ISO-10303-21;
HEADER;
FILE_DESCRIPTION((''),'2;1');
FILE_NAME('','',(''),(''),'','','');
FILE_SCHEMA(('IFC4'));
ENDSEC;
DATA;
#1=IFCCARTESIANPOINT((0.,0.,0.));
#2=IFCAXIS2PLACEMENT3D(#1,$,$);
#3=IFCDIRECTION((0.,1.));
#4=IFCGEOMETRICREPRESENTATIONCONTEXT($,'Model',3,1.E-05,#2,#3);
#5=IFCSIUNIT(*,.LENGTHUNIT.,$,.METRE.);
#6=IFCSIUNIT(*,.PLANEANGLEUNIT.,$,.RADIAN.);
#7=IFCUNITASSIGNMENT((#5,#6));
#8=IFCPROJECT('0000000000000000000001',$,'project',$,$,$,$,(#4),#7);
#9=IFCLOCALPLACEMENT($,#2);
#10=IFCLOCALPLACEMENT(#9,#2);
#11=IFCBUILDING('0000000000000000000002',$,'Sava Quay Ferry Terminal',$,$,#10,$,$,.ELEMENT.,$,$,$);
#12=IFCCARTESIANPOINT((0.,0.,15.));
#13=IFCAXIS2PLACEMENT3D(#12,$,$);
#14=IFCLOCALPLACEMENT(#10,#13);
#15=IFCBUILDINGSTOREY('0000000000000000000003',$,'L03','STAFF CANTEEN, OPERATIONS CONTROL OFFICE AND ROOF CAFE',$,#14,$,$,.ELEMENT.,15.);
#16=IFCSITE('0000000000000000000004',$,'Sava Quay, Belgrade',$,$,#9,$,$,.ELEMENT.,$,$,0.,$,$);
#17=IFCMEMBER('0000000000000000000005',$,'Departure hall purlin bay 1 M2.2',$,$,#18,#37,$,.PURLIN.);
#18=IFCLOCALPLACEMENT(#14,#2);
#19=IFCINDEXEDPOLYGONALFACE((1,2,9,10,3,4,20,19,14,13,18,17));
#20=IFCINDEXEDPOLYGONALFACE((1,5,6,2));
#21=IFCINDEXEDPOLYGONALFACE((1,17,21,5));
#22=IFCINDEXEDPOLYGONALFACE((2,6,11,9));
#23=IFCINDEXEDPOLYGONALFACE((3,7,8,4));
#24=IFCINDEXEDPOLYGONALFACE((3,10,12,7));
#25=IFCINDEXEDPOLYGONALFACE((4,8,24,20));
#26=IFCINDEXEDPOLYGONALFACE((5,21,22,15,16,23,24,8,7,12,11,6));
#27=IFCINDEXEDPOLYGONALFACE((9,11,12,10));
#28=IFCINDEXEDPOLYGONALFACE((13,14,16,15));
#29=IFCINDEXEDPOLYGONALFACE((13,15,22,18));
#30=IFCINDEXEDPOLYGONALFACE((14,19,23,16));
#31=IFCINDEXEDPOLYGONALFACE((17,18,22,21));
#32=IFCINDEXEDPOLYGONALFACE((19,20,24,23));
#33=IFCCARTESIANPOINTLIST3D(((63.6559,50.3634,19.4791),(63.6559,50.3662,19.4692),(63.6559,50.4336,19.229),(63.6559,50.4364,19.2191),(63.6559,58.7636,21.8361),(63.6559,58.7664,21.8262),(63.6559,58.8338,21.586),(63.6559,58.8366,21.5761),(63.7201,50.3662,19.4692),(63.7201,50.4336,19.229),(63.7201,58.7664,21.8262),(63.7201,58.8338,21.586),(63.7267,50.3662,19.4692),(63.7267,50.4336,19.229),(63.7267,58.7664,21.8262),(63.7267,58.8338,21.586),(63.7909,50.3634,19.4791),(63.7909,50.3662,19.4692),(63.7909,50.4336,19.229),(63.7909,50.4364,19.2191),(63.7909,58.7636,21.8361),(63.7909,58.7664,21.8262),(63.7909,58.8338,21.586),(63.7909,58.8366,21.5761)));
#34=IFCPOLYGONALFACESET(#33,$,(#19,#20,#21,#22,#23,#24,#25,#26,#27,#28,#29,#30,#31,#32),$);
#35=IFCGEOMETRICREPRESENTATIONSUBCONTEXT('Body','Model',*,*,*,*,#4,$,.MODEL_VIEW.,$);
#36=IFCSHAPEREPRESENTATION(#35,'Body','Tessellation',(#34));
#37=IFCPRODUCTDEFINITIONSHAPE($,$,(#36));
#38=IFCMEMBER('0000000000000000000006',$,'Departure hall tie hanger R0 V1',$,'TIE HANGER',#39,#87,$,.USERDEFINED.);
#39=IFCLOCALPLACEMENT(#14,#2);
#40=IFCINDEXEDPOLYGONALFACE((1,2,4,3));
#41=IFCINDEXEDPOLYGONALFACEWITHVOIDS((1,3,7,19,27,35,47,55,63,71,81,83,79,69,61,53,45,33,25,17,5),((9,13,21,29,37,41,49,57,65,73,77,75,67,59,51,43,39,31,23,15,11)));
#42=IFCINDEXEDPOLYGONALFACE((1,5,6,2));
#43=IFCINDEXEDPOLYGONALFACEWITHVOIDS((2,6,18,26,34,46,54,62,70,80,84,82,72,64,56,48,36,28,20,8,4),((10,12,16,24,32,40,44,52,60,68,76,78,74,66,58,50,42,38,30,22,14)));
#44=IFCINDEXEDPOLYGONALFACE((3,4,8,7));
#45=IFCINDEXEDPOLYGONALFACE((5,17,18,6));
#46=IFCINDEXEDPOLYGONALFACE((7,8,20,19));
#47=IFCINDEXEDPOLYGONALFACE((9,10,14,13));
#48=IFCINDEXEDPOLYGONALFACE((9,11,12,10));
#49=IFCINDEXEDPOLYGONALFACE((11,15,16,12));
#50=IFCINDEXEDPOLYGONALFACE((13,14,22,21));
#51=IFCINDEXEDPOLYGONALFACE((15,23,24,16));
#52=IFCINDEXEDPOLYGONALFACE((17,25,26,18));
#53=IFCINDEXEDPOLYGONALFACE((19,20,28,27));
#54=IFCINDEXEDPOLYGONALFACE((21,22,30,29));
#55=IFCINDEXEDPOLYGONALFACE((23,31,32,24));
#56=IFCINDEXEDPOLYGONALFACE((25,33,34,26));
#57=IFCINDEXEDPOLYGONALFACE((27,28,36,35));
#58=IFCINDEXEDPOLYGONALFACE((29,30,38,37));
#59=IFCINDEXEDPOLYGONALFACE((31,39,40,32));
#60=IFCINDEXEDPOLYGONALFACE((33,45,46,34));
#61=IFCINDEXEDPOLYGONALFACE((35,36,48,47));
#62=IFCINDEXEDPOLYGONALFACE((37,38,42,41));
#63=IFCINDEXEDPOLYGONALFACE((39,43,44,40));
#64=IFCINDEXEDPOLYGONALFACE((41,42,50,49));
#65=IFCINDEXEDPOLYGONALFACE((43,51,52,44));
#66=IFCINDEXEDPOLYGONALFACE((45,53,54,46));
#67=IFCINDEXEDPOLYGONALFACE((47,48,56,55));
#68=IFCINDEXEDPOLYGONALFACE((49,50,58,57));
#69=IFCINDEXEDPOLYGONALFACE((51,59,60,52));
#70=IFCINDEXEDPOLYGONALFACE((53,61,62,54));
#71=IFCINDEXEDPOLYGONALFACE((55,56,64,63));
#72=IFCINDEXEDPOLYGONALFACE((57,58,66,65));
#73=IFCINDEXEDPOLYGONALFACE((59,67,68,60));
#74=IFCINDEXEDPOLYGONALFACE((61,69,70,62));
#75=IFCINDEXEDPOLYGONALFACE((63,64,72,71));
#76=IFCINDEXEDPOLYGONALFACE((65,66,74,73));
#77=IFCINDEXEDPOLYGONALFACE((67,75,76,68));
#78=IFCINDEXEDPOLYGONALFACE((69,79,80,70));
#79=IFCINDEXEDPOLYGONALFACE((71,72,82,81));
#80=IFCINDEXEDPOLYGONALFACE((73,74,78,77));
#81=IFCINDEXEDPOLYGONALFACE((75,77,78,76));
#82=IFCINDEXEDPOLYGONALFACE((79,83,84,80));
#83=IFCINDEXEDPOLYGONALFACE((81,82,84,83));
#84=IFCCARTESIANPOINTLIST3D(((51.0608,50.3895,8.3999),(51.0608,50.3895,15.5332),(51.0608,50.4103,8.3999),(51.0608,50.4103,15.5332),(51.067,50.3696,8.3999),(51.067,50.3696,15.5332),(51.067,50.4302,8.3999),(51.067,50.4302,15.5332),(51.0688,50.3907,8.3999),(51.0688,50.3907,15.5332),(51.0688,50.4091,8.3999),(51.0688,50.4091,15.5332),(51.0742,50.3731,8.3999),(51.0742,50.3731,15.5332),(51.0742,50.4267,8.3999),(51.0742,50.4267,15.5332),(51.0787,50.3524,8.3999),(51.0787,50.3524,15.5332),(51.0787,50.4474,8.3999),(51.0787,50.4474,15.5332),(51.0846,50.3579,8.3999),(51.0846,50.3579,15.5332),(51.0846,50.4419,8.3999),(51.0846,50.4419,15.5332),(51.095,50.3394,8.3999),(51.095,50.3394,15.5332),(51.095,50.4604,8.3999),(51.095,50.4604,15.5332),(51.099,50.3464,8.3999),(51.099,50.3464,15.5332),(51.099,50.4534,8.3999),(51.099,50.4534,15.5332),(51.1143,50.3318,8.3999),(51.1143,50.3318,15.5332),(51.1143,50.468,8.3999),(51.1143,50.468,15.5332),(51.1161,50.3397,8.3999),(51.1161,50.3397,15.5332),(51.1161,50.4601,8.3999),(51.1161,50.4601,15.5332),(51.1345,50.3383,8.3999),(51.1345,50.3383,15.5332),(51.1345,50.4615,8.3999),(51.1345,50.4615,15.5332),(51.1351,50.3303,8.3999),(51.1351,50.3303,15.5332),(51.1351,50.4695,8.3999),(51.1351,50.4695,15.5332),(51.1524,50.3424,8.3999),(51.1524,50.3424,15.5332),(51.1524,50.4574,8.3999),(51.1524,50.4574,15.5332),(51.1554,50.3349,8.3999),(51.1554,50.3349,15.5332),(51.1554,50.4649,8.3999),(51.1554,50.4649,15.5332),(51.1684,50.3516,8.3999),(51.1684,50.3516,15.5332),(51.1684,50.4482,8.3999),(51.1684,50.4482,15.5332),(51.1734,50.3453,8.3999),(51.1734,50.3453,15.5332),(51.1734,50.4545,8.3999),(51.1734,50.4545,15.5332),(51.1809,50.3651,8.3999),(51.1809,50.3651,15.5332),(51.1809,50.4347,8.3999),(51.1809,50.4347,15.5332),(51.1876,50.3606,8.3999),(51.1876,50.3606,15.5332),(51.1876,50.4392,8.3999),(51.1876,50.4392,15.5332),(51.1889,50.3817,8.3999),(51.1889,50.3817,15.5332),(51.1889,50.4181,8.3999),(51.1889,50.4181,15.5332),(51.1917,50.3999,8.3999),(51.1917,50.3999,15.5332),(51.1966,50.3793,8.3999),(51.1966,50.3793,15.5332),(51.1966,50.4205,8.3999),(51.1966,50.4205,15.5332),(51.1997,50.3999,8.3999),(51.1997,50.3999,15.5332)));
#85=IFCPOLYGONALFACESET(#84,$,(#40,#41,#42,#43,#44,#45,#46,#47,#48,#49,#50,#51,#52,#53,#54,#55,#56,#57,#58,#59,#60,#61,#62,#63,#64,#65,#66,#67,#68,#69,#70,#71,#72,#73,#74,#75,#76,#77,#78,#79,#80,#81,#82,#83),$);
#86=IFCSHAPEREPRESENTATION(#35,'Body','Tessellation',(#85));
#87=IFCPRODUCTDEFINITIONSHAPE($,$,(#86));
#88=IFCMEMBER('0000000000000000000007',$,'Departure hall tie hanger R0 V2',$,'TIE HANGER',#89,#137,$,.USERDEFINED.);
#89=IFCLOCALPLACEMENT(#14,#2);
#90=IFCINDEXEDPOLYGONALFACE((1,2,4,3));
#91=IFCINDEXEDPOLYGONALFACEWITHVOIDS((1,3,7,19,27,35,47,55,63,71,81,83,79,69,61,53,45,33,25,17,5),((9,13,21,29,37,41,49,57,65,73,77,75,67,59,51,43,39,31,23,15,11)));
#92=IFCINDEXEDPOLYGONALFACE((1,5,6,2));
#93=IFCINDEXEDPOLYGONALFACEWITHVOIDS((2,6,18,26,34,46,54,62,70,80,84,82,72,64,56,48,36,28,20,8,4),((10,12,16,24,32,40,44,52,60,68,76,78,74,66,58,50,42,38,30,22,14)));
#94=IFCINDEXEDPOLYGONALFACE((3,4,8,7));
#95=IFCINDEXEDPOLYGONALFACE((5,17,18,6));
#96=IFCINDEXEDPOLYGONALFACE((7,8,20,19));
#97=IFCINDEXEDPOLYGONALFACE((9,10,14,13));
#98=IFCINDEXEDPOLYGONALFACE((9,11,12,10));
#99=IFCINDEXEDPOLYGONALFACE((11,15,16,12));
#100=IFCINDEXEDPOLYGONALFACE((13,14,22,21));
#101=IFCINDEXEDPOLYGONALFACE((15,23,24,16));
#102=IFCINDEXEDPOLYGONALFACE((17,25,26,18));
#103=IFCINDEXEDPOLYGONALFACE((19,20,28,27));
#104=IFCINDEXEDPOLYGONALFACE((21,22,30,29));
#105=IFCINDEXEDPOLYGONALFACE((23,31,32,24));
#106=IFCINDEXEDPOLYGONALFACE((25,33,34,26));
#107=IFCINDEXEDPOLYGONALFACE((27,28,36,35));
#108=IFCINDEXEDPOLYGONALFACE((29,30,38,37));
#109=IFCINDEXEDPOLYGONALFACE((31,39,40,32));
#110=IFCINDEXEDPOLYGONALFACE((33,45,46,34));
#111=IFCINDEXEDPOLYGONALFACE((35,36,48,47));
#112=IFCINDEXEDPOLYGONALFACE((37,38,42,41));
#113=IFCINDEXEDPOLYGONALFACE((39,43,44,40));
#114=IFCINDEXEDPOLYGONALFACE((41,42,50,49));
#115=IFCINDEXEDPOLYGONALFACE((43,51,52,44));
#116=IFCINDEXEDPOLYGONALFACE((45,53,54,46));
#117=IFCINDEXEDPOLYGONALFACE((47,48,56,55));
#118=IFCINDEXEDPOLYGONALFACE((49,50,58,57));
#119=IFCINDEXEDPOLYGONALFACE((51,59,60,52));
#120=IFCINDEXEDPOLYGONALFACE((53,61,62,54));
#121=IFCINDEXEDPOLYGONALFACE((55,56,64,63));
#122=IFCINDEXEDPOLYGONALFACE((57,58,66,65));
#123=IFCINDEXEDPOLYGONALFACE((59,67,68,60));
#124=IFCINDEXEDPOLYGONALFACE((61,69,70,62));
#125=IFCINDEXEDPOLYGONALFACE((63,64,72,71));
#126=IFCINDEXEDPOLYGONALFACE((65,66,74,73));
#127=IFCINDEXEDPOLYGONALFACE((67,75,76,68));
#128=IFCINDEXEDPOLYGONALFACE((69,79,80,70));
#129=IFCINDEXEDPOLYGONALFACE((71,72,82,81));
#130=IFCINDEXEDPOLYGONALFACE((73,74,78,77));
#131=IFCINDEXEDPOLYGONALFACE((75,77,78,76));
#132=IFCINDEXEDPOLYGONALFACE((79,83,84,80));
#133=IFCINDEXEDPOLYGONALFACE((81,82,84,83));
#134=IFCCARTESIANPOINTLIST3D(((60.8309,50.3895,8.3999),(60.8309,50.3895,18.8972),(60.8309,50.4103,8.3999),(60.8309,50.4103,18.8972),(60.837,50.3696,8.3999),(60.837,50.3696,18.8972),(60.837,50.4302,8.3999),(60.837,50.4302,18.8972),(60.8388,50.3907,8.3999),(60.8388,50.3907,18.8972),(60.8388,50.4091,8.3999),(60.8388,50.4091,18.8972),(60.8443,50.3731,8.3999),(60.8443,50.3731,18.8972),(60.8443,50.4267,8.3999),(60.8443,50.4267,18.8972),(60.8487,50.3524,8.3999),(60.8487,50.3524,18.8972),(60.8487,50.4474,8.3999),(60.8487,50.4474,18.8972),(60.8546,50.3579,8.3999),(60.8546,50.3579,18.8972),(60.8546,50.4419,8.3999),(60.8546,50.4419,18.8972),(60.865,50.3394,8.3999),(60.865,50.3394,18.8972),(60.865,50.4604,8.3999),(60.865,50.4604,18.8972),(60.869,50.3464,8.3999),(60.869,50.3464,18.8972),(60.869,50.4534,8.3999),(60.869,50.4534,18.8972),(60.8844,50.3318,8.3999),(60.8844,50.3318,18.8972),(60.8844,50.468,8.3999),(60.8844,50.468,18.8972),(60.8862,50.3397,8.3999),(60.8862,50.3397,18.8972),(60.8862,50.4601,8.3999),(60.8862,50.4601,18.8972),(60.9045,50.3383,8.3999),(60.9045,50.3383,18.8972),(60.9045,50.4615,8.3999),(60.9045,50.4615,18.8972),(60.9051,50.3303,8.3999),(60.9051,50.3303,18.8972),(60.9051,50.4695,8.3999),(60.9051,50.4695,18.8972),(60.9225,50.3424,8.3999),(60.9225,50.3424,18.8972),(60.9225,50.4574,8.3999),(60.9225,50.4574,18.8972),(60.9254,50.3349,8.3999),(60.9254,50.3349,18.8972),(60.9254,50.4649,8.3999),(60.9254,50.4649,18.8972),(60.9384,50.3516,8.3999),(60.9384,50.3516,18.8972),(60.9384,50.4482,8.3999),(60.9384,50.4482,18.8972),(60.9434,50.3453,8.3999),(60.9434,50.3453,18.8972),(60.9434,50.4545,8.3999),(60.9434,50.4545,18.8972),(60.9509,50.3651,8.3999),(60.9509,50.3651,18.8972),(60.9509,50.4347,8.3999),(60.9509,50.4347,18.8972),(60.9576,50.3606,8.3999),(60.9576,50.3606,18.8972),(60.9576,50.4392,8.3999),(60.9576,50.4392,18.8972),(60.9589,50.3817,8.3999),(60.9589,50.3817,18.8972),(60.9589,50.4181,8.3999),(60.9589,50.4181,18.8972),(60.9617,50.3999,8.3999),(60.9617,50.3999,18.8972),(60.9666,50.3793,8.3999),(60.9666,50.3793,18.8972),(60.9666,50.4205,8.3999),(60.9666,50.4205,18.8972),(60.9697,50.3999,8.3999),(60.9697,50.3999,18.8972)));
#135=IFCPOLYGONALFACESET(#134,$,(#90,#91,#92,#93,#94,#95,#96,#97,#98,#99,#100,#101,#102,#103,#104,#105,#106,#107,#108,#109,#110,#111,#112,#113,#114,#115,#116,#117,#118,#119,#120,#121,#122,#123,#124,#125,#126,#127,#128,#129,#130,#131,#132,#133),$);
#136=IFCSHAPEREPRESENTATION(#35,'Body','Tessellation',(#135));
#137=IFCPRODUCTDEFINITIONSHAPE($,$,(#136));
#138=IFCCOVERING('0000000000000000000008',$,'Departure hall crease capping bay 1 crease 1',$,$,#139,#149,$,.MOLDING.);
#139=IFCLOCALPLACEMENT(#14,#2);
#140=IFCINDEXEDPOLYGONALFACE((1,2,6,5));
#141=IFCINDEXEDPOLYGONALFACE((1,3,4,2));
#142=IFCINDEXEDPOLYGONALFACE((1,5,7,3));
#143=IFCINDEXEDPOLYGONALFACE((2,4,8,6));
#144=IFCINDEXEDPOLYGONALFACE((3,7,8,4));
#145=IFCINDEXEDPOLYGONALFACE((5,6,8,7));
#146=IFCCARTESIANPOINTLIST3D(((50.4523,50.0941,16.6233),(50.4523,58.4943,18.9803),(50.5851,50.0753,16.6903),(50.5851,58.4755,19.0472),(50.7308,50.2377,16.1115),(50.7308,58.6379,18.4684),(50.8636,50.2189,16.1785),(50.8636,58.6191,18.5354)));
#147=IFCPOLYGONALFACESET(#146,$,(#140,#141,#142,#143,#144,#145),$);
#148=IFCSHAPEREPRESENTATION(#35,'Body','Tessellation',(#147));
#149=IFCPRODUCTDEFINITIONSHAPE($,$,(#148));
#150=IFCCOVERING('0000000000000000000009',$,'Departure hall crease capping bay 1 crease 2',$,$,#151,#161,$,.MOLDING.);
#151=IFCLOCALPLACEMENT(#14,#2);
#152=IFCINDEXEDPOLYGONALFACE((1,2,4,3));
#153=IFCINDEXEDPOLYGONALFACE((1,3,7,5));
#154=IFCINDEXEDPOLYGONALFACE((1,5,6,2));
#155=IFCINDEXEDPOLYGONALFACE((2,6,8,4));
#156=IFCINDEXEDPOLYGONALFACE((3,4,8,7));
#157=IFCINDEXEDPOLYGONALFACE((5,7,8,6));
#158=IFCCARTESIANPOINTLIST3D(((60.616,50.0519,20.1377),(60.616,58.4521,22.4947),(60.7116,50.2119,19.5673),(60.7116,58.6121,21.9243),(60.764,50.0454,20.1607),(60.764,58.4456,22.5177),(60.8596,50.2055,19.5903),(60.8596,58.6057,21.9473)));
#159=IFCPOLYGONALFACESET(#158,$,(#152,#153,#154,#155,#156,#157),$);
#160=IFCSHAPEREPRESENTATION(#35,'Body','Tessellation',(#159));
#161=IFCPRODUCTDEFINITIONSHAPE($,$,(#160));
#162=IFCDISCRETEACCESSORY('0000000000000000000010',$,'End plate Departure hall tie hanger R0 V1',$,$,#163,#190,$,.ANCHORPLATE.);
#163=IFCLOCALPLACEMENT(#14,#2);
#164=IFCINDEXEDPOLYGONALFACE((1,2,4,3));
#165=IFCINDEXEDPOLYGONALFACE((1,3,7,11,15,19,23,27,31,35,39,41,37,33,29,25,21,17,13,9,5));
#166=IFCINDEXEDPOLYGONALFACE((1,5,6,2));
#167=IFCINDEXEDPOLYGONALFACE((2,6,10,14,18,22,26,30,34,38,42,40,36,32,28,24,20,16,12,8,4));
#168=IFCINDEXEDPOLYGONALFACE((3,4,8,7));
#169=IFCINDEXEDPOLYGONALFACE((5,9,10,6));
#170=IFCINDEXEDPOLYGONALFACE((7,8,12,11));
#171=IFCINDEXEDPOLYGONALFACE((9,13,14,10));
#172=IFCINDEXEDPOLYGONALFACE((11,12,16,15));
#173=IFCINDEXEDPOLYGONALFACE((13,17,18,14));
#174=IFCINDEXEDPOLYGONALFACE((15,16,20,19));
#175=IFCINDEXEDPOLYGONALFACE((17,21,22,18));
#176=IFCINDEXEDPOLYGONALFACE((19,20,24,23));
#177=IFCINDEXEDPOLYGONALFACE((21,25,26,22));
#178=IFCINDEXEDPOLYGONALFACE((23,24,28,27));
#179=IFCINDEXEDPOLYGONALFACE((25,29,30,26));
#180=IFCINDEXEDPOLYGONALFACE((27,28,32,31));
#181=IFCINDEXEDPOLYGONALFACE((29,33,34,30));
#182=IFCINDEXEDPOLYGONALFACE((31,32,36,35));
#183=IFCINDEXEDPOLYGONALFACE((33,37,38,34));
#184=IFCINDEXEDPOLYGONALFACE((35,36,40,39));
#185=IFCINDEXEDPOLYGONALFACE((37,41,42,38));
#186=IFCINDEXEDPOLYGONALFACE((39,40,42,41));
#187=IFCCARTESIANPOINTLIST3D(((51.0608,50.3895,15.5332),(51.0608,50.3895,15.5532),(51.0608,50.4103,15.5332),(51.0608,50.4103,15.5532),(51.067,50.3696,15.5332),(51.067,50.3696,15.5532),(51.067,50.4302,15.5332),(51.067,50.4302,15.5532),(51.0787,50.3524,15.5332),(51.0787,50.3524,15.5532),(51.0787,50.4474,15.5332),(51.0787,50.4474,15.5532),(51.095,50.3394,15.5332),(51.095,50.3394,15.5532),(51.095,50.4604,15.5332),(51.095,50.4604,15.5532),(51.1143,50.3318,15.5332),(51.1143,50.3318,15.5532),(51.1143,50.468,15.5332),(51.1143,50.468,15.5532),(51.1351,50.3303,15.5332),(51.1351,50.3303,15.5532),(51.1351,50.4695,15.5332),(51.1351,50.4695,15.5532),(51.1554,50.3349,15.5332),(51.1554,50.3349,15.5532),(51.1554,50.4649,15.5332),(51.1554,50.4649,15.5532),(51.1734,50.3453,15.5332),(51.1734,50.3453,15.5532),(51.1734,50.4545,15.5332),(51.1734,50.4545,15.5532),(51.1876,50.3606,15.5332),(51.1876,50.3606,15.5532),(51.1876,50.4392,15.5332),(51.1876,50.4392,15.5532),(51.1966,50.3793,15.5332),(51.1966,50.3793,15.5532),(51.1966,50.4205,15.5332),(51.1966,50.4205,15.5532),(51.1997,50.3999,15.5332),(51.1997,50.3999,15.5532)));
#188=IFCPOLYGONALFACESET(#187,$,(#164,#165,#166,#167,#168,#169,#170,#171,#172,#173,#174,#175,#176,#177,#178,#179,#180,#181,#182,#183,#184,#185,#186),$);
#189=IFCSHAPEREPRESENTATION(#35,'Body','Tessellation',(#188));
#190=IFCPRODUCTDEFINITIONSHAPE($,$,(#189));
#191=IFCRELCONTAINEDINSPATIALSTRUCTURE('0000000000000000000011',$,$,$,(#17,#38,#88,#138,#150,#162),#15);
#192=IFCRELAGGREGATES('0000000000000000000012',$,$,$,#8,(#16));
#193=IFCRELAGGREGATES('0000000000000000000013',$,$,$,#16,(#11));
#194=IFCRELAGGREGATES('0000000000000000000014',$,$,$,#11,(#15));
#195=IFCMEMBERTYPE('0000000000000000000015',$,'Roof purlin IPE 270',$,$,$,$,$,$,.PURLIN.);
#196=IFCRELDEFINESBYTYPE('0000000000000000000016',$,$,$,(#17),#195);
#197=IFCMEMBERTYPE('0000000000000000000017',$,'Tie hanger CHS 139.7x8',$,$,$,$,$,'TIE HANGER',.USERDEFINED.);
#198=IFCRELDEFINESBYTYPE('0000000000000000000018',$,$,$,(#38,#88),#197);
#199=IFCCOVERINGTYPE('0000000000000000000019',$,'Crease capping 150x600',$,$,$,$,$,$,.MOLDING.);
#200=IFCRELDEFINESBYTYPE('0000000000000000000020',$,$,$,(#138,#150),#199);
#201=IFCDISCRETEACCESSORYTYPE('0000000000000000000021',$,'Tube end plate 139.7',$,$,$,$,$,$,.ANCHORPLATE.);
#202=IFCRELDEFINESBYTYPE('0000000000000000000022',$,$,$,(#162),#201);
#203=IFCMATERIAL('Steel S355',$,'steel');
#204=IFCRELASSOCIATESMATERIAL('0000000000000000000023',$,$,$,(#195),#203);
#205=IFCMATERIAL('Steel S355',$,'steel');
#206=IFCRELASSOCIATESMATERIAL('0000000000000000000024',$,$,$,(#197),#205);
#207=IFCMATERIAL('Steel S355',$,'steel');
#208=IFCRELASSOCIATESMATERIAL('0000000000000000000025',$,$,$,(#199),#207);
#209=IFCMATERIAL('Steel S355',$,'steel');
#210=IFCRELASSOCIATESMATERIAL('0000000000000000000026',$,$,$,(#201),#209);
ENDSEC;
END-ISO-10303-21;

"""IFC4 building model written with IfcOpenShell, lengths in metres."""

from ifc_helpers import new_model, si_unit, direction, frame, origin, origin_2d, place, context, subcontext, project, spatial, rectangle, circle, hollow_circle, i_section, extrude, material, material_profile, profile_set, type_object, element, save


model = new_model("IFC4")

# Units and contexts
model_context = context("Model", 3, precision=1e-05, world=origin(), true_north=direction((0.0, 1.0)))
body_context = subcontext(model_context, "Body", "Model", "MODEL_VIEW")
ifc_project = project(units=[si_unit("LENGTHUNIT", "METRE"), si_unit("PLANEANGLEUNIT", "RADIAN")], contexts=[model_context])

# Site, building, storey
site_placement = place(None, origin())
site = spatial("IfcSite", under=ifc_project, at=site_placement, Name="Sava Quay, Belgrade", CompositionType="ELEMENT", RefElevation=0.0)
building_placement = place(site_placement, origin())
building = spatial("IfcBuilding", under=site, at=building_placement, Name="Sava Quay Ferry Terminal", CompositionType="ELEMENT")
storey_placement = place(building_placement, frame((0.0, 0.0, 15.0)))
storey = spatial("IfcBuildingStorey", under=building, at=storey_placement, Name="L03", Description="STAFF CANTEEN, OPERATIONS CONTROL OFFICE AND ROOF CAFE", CompositionType="ELEMENT", Elevation=15.0)

# Members
ifc_material_1 = material(Name="Steel S355", Category="steel")
ifc_material_profile_1 = material_profile(ifc_material_1, i_section(OverallWidth=0.135, OverallDepth=0.27, WebThickness=0.0066, FlangeThickness=0.0103, at=origin_2d()), Name="IPE 270")
ifc_profile_set_1 = profile_set([ifc_material_profile_1], Name="Steel S355")
member_type_1 = type_object("IfcMemberType", Name="Roof purlin IPE 270", PredefinedType="PURLIN", material=ifc_profile_set_1)
for number, where, z_axis, x_axis, name in (
    (1, (63.7234, 50.3999, 19.3491), (0.0, 0.962818, 0.27015), (-1.0, 0.0, 0.0), "Departure hall purlin bay 1 M2.2"),
):
    element("IfcMember", number, at=place(storey_placement, frame(where, z_axis=z_axis, x_axis=x_axis)), inside=storey, type_object=member_type_1, Name=name, PredefinedType="PURLIN", context=body_context, shape_type="SweptSolid", body=[
        extrude(i_section(OverallWidth=0.135, OverallDepth=0.27, WebThickness=0.0066, FlangeThickness=0.0103, at=origin_2d()), origin(), (0.0, 0.0, 1.0), 8.7246),
    ])
ifc_material_2 = material(Name="Steel S355", Category="steel")
ifc_material_profile_2 = material_profile(ifc_material_2, hollow_circle(Radius=0.0698, WallThickness=0.0081, at=origin_2d()), Name="CHS 139.7 x 8.0")
ifc_profile_set_2 = profile_set([ifc_material_profile_2], Name="Steel S355")
member_type_2 = type_object("IfcMemberType", Name="Tie hanger CHS 139.7x8", ElementType="TIE HANGER", PredefinedType="USERDEFINED", material=ifc_profile_set_2)
member_1_placement = place(storey_placement, frame((51.1299, 50.3999, 8.3999), z_axis=(0.0, 0.0, 1.0), x_axis=(1.0, 0.0, 0.0)))
element("IfcMember", 2, at=member_1_placement, inside=storey, type_object=member_type_2, Name="Departure hall tie hanger R0 V1", ObjectType="TIE HANGER", PredefinedType="USERDEFINED", context=body_context, shape_type="SweptSolid", body=[
    extrude(hollow_circle(Radius=0.0698, WallThickness=0.0081, at=origin_2d()), origin(), (0.0, 0.0, 1.0), 7.1333),
])
member_2_placement = place(storey_placement, frame((60.8999, 50.3999, 8.3999), z_axis=(0.0, 0.0, 1.0), x_axis=(1.0, 0.0, 0.0)))
element("IfcMember", 3, at=member_2_placement, inside=storey, type_object=member_type_2, Name="Departure hall tie hanger R0 V2", ObjectType="TIE HANGER", PredefinedType="USERDEFINED", context=body_context, shape_type="SweptSolid", body=[
    extrude(hollow_circle(Radius=0.0698, WallThickness=0.0081, at=origin_2d()), origin(), (0.0, 0.0, 1.0), 10.4973),
])

# Coverings
ifc_material_3 = material(Name="Steel S355", Category="steel")
ifc_material_profile_3 = material_profile(ifc_material_3, rectangle(XDim=0.1499, YDim=0.6001, at=origin_2d()), Name="Cap 150 x 600")
ifc_profile_set_3 = profile_set([ifc_material_profile_3], Name="Steel S355")
covering_type = type_object("IfcCoveringType", Name="Crease capping 150x600", PredefinedType="MOLDING", material=ifc_profile_set_3)
for number, where, z_axis, x_axis, name in (
    (4, (50.658, 50.1565, 16.4009), (0.0, 0.962818, 0.27015), (-0.885826, 0.125354, -0.446764), "Departure hall crease capping bay 1 crease 1"),
    (5, (60.7378, 50.1287, 19.864), (0.0, 0.962818, 0.27015), (-0.987218, 0.043056, -0.153452), "Departure hall crease capping bay 1 crease 2"),
):
    element("IfcCovering", number, at=place(storey_placement, frame(where, z_axis=z_axis, x_axis=x_axis)), inside=storey, type_object=covering_type, Name=name, PredefinedType="MOLDING", context=body_context, shape_type="SweptSolid", body=[
        extrude(rectangle(XDim=0.1499, YDim=0.6001, at=origin_2d()), origin(), (0.0, 0.0, 1.0), 8.7246),
    ])

# Discrete accessory
ifc_material_4 = material(Name="Steel S355", Category="steel")
ifc_material_profile_4 = material_profile(ifc_material_4, circle(Radius=0.0698, at=origin_2d()), Name="Plate 139.7 dia x 20")
ifc_profile_set_4 = profile_set([ifc_material_profile_4], Name="Steel S355")
discrete_accessory_type = type_object("IfcDiscreteAccessoryType", Name="Tube end plate 139.7", PredefinedType="ANCHORPLATE", material=ifc_profile_set_4)
for number, where, z_axis, x_axis, name in (
    (6, (51.1299, 50.3999, 15.5332), (0.0, 0.0, 1.0), (1.0, 0.0, 0.0), "End plate Departure hall tie hanger R0 V1"),
):
    element("IfcDiscreteAccessory", number, at=place(storey_placement, frame(where, z_axis=z_axis, x_axis=x_axis)), inside=storey, type_object=discrete_accessory_type, Name=name, PredefinedType="ANCHORPLATE", context=body_context, shape_type="SweptSolid", body=[
        extrude(circle(Radius=0.0698, at=origin_2d()), origin(), (0.0, 0.0, 1.0), 0.02),
    ])

save(model, "model.ifc")
